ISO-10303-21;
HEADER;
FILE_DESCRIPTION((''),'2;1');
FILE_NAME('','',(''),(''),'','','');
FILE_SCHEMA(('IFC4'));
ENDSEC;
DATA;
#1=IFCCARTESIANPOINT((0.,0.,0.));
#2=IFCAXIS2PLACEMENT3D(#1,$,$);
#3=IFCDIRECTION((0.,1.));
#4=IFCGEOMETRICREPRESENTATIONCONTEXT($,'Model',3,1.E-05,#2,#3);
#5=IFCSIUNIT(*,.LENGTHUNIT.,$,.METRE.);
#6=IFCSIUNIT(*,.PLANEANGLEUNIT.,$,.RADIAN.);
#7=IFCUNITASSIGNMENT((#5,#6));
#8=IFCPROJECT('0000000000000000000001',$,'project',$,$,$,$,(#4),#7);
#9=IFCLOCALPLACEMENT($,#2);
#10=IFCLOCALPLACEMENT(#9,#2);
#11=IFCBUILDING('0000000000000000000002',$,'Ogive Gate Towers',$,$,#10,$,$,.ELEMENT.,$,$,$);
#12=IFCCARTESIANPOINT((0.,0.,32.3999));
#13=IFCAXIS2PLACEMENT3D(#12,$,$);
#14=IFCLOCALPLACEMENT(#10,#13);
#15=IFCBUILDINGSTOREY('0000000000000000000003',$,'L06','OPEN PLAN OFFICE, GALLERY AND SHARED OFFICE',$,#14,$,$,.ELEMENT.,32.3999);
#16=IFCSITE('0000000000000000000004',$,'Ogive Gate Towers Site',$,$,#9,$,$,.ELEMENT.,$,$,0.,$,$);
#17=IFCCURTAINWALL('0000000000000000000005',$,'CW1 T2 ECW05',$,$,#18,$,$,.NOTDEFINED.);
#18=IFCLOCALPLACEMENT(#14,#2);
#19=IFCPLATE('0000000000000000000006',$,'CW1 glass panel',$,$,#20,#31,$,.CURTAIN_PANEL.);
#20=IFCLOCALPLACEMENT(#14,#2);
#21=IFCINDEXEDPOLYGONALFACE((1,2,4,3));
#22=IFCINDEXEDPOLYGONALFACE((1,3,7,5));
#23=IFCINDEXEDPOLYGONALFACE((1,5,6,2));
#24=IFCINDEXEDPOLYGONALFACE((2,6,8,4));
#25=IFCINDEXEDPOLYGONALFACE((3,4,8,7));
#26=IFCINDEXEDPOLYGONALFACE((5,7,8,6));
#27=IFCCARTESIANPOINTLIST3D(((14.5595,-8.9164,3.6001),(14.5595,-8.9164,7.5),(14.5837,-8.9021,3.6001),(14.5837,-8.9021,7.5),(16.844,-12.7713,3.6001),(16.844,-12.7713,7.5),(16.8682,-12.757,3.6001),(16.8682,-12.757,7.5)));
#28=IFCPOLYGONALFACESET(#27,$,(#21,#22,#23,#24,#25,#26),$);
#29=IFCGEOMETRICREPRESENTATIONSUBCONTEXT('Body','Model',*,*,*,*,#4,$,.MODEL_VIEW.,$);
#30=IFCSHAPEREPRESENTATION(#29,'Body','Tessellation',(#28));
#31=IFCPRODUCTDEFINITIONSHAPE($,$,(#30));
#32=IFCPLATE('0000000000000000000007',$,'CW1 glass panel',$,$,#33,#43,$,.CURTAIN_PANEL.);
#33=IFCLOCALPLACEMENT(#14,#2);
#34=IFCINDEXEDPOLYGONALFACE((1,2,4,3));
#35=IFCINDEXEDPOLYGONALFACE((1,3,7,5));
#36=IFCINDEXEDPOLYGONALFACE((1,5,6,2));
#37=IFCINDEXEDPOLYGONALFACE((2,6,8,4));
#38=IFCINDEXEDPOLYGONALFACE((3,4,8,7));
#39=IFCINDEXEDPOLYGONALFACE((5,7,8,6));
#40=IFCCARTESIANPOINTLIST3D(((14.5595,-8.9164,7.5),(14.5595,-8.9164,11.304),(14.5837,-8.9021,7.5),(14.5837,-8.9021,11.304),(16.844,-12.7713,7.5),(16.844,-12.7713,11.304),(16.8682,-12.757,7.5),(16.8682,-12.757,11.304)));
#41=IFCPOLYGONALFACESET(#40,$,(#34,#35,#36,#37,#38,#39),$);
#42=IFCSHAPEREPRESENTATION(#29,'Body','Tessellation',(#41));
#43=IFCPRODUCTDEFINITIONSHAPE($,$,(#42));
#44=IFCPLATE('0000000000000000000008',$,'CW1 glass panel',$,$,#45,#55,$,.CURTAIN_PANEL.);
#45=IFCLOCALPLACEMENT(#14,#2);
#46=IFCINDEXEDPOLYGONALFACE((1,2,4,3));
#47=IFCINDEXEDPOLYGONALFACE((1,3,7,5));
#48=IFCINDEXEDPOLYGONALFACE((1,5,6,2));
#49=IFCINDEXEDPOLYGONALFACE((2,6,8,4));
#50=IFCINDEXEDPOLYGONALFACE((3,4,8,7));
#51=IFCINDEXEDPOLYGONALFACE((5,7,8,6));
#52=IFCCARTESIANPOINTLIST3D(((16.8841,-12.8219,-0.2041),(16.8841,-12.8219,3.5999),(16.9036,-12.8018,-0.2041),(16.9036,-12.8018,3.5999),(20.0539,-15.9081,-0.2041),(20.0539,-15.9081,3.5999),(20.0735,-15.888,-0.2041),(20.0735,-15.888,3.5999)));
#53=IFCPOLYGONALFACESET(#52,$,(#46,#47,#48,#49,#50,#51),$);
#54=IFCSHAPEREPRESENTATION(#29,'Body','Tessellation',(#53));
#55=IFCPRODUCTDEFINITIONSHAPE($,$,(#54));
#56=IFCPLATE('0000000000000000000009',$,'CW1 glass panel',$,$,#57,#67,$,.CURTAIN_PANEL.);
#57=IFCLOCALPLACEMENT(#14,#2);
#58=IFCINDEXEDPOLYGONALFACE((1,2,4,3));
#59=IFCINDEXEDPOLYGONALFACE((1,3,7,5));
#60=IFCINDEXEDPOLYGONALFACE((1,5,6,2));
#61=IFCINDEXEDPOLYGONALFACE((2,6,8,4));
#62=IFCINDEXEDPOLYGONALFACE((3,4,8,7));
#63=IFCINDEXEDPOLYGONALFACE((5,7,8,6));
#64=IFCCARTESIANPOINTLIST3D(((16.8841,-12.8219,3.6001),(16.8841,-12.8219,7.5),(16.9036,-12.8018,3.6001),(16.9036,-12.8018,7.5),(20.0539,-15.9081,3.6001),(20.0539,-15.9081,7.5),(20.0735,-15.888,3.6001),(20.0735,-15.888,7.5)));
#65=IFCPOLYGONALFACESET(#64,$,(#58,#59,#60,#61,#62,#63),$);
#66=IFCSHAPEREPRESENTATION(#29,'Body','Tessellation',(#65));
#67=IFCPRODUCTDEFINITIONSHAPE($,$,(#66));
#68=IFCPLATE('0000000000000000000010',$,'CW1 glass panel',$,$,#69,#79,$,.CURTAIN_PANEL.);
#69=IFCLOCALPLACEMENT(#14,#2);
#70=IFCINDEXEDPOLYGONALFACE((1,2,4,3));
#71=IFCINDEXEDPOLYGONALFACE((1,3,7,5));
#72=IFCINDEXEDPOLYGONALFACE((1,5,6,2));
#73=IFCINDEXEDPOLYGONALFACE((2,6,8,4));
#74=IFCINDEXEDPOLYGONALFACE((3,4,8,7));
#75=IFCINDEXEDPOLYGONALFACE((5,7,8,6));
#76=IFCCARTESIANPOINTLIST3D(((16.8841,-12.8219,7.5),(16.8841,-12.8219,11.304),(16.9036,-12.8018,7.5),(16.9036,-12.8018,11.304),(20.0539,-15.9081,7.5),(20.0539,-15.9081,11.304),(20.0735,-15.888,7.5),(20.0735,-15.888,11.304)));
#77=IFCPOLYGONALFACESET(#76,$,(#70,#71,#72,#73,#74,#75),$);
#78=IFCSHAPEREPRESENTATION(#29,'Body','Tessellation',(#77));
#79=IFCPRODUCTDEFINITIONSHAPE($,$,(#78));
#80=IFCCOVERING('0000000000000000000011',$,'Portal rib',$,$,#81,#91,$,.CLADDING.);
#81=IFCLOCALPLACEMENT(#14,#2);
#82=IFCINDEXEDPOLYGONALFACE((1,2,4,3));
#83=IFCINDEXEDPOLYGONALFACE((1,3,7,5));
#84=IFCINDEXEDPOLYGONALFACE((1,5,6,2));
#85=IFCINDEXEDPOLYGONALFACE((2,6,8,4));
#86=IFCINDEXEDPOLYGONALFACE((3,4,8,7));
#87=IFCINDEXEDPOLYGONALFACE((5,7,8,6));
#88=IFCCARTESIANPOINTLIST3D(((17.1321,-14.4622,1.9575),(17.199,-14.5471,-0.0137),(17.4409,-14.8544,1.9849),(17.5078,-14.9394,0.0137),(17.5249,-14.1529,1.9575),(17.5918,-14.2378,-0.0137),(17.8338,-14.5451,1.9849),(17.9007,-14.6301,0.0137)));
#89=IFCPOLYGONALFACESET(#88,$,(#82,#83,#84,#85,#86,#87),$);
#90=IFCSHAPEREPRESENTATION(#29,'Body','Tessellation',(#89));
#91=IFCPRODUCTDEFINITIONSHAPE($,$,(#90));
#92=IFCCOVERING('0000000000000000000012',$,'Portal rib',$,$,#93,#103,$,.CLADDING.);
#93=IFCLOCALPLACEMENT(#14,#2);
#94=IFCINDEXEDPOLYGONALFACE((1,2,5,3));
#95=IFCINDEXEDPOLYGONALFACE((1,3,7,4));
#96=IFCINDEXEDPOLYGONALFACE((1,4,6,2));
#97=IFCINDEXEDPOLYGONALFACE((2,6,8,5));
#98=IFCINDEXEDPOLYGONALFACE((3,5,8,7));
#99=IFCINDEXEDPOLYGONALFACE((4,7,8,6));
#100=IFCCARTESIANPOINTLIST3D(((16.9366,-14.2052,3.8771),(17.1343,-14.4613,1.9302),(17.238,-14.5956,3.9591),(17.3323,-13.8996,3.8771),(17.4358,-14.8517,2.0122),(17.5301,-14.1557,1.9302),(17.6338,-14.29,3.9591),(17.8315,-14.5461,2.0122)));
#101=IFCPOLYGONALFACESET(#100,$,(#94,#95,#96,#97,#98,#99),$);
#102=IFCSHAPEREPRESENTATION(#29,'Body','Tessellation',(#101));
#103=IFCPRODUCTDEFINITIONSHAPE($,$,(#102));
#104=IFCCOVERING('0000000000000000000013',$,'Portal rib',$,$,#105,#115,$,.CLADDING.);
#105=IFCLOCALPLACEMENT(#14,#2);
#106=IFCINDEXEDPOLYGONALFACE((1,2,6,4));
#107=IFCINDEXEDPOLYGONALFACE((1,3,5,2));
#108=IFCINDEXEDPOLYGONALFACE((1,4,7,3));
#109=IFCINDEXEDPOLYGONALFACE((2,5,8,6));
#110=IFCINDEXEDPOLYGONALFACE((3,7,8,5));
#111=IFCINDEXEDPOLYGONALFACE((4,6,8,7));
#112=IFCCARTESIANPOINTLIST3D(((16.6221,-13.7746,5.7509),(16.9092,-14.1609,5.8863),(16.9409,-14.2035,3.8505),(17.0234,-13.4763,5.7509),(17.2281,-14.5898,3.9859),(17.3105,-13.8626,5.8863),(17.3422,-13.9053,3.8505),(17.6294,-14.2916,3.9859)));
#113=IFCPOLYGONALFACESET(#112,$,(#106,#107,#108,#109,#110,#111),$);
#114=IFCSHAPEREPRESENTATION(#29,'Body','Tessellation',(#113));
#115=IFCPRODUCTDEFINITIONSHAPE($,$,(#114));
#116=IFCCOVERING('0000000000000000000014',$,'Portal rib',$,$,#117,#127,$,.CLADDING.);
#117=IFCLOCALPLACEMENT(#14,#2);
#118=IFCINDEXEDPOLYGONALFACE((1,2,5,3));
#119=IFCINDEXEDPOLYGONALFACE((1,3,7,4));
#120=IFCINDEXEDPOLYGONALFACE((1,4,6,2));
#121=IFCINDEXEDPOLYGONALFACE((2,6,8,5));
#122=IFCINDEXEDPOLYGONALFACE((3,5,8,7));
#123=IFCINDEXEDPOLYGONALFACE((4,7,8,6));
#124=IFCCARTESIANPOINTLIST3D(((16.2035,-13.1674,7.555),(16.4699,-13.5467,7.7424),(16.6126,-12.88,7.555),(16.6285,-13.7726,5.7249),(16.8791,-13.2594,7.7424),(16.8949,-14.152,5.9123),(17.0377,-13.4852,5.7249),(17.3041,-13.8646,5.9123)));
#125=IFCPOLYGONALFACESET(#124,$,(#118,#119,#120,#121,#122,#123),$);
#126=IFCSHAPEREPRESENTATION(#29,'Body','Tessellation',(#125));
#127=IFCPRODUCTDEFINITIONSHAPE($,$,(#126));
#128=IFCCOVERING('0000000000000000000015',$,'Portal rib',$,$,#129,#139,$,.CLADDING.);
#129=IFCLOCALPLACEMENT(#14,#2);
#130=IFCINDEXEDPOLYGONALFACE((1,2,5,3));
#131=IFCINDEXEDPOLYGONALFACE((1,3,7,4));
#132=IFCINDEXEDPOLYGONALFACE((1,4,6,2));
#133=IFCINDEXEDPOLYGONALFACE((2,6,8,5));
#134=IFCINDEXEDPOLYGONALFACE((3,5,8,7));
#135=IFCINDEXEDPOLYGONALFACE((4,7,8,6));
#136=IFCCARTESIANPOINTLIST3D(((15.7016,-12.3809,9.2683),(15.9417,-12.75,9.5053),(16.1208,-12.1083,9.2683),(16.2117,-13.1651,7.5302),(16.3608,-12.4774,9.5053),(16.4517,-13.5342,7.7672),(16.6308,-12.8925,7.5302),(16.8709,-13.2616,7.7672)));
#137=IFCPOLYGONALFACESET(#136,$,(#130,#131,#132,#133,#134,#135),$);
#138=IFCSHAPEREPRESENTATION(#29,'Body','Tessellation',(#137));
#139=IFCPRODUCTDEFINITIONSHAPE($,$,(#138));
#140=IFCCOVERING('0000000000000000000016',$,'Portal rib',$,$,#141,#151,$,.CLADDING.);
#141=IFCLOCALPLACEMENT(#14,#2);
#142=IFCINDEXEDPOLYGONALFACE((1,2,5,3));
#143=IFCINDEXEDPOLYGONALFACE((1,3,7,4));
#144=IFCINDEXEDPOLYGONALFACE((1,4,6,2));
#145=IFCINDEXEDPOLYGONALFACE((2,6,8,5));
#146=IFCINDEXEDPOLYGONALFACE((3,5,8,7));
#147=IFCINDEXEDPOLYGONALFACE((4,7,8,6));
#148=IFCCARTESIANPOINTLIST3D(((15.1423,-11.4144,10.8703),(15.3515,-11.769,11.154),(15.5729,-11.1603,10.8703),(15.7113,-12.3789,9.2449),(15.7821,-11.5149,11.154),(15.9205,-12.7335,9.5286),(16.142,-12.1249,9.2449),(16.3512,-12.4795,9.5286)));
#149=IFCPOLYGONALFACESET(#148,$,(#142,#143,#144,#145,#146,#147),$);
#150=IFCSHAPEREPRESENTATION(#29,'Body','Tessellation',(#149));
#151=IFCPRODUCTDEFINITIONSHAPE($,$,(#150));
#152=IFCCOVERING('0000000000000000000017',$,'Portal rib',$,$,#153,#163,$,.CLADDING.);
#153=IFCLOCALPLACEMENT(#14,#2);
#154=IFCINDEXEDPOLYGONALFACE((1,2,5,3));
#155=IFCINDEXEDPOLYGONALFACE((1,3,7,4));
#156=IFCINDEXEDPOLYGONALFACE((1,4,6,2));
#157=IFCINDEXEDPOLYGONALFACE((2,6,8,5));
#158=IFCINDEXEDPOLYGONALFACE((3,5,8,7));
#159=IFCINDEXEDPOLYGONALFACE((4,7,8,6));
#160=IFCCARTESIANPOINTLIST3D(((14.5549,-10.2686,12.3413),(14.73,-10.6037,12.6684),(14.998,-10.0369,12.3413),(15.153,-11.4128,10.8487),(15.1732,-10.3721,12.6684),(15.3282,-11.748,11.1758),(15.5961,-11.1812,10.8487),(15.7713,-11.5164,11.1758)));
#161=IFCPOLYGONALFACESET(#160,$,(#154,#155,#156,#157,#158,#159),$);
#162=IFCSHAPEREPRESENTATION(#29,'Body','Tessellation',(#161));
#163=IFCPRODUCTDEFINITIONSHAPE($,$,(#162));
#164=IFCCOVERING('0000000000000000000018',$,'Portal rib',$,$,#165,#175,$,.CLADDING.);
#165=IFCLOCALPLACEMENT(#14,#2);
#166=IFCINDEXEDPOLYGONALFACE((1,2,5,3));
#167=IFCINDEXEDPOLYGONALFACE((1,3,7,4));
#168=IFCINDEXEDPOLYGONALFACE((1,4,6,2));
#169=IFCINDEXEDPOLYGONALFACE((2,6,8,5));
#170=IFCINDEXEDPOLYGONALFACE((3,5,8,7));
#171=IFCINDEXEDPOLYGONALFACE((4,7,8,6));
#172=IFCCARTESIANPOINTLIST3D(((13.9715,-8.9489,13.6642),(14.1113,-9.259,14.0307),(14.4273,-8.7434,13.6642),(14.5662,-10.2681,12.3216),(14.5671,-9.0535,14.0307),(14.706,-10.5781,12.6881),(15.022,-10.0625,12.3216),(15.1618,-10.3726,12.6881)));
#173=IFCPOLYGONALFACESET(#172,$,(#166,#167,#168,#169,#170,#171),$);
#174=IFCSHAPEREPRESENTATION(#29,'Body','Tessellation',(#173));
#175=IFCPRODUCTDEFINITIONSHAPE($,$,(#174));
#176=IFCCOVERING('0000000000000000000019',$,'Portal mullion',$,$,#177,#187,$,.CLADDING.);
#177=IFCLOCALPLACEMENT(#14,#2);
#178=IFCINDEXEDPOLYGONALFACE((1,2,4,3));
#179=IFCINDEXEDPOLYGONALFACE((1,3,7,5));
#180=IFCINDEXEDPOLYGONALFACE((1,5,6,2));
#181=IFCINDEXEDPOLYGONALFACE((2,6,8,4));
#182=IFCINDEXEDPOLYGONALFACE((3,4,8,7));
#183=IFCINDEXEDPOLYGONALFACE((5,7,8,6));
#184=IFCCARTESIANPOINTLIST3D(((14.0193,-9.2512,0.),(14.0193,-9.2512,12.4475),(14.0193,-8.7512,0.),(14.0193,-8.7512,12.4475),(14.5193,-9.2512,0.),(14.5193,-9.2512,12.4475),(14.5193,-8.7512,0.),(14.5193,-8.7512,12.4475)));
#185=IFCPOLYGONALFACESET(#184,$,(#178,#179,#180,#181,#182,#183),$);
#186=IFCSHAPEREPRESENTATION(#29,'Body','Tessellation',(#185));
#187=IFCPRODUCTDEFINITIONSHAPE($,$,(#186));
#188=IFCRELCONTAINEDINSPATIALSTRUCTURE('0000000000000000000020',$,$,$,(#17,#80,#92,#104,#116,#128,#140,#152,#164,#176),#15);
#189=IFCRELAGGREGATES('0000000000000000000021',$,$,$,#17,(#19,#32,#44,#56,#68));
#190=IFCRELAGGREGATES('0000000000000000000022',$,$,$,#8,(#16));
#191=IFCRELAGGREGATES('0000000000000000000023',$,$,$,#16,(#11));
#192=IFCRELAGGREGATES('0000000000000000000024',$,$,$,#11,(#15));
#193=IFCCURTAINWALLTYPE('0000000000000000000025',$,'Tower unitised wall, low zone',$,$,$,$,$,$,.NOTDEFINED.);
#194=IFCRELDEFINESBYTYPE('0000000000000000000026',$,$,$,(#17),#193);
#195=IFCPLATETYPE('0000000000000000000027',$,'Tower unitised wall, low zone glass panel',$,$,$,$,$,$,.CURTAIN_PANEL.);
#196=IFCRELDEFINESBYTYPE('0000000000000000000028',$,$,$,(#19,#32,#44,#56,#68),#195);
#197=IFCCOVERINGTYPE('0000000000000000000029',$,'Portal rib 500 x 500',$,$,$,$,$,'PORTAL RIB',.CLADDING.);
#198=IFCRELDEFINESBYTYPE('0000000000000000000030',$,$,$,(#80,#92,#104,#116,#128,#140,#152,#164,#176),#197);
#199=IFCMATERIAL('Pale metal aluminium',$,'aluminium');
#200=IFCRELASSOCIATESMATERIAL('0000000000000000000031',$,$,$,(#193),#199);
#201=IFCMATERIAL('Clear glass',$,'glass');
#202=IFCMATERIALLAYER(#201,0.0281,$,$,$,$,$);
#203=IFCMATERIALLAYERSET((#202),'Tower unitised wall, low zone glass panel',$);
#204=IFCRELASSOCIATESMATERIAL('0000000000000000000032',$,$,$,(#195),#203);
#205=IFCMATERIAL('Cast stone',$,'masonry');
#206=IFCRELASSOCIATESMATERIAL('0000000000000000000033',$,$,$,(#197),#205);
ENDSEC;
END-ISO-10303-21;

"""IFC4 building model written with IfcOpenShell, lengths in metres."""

from ifc_helpers import new_model, si_unit, direction, frame, origin, origin_2d, place, context, subcontext, project, spatial, rectangle, extrude, material, layer, layer_set, material_profile, profile_set, type_object, element, aggregate, save


model = new_model("IFC4")

# Units and contexts
model_context = context("Model", 3, precision=1e-05, world=origin(), true_north=direction((0.0, 1.0)))
body_context = subcontext(model_context, "Body", "Model", "MODEL_VIEW")
ifc_project = project(units=[si_unit("LENGTHUNIT", "METRE"), si_unit("PLANEANGLEUNIT", "RADIAN")], contexts=[model_context])

# Site, building, storey
site_placement = place(None, origin())
site = spatial("IfcSite", under=ifc_project, at=site_placement, Name="Ogive Gate Towers Site", CompositionType="ELEMENT", RefElevation=0.0)
building_placement = place(site_placement, origin())
building = spatial("IfcBuilding", under=site, at=building_placement, Name="Ogive Gate Towers", CompositionType="ELEMENT")
storey_placement = place(building_placement, frame((0.0, 0.0, 32.3999)))
storey = spatial("IfcBuildingStorey", under=building, at=storey_placement, Name="L06", Description="OPEN PLAN OFFICE, GALLERY AND SHARED OFFICE", CompositionType="ELEMENT", Elevation=32.3999)

# Curtain wall
ifc_material_1 = material(Name="Pale metal aluminium", Category="aluminium")
curtain_wall_type = type_object("IfcCurtainWallType", Name="Tower unitised wall, low zone", PredefinedType="NOTDEFINED", material=ifc_material_1)
curtain_wall_1_placement = place(storey_placement, origin())
curtain_wall_1 = element("IfcCurtainWall", 1, at=curtain_wall_1_placement, inside=storey, type_object=curtain_wall_type, Name="CW1 T2 ECW05", PredefinedType="NOTDEFINED")

# Plates
ifc_material_2 = material(Name="Clear glass", Category="glass")
ifc_layer = layer(ifc_material_2, 0.0281)
ifc_layer_set = layer_set([ifc_layer], Name="Tower unitised wall, low zone glass panel")
plate_type = type_object("IfcPlateType", Name="Tower unitised wall, low zone glass panel", PredefinedType="CURTAIN_PANEL", material=ifc_layer_set)
plate_1_placement = place(storey_placement, frame((15.7139, -10.8367, 3.6001), z_axis=(0.0, 0.0, 1.0), x_axis=(0.509822, -0.86028, 0.0)))
plate_1 = element("IfcPlate", 2, at=plate_1_placement, type_object=plate_type, Name="CW1 glass panel", PredefinedType="CURTAIN_PANEL", context=body_context, shape_type="SweptSolid", body=[
    extrude(rectangle(XDim=4.481, YDim=0.0281, at=origin_2d()), origin(), (0.0, 0.0, 1.0), 3.8999),
])
plate_2_placement = place(storey_placement, frame((15.7139, -10.8367, 7.5), z_axis=(0.0, 0.0, 1.0), x_axis=(0.509822, -0.86028, 0.0)))
plate_2 = element("IfcPlate", 3, at=plate_2_placement, type_object=plate_type, Name="CW1 glass panel", PredefinedType="CURTAIN_PANEL", context=body_context, shape_type="SweptSolid", body=[
    extrude(rectangle(XDim=4.481, YDim=0.0281, at=origin_2d()), origin(), (0.0, 0.0, 1.0), 3.804),
])
plate_3_placement = place(storey_placement, frame((18.4788, -14.355, -0.2041), z_axis=(0.0, 0.0, 1.0), x_axis=(0.716497, -0.69759, 0.0)))
plate_3 = element("IfcPlate", 4, at=plate_3_placement, type_object=plate_type, Name="CW1 glass panel", PredefinedType="CURTAIN_PANEL", context=body_context, shape_type="SweptSolid", body=[
    extrude(rectangle(XDim=4.4241, YDim=0.0281, at=origin_2d()), origin(), (0.0, 0.0, 1.0), 3.804),
])
plate_4_placement = place(storey_placement, frame((18.4788, -14.355, 3.6001), z_axis=(0.0, 0.0, 1.0), x_axis=(0.716497, -0.69759, 0.0)))
plate_4 = element("IfcPlate", 5, at=plate_4_placement, type_object=plate_type, Name="CW1 glass panel", PredefinedType="CURTAIN_PANEL", context=body_context, shape_type="SweptSolid", body=[
    extrude(rectangle(XDim=4.4241, YDim=0.0281, at=origin_2d()), origin(), (0.0, 0.0, 1.0), 3.8999),
])
plate_5_placement = place(storey_placement, frame((18.4788, -14.355, 7.5), z_axis=(0.0, 0.0, 1.0), x_axis=(0.716497, -0.69759, 0.0)))
plate_5 = element("IfcPlate", 6, at=plate_5_placement, type_object=plate_type, Name="CW1 glass panel", PredefinedType="CURTAIN_PANEL", context=body_context, shape_type="SweptSolid", body=[
    extrude(rectangle(XDim=4.4241, YDim=0.0281, at=origin_2d()), origin(), (0.0, 0.0, 1.0), 3.804),
])
aggregate(curtain_wall_1, [plate_1, plate_2, plate_3, plate_4, plate_5])

# Coverings
ifc_material_3 = material(Name="Cast stone", Category="masonry")
ifc_material_profile_1 = material_profile(ifc_material_3, rectangle(XDim=0.5, YDim=0.5, at=origin_2d()), Name="500 x 500 cast stone")
ifc_profile_set_1 = profile_set([ifc_material_profile_1], Name="Cast stone")
covering_type = type_object("IfcCoveringType", Name="Portal rib 500 x 500", ElementType="PORTAL RIB", PredefinedType="CLADDING", material=ifc_profile_set_1)
covering_1_placement = place(storey_placement, frame((17.5498, -14.5886, 0.0), z_axis=(-0.033885, 0.043037, 0.998499), x_axis=(-0.785691, -0.618619, 0.0)))
element("IfcCovering", 7, at=covering_1_placement, inside=storey, type_object=covering_type, Name="Portal rib", PredefinedType="CLADDING", context=body_context, shape_type="SweptSolid", body=[
    extrude(rectangle(XDim=0.5, YDim=0.5, at=origin_2d()), origin(), (0.0, 0.0, 1.0), 1.9741),
])
covering_2_placement = place(storey_placement, frame((17.4829, -14.5037, 1.9712), z_axis=(-0.100193, 0.129756, 0.986471), x_axis=(-0.791501, -0.611168, 0.0)))
element("IfcCovering", 8, at=covering_2_placement, inside=storey, type_object=covering_type, Name="Portal rib", PredefinedType="CLADDING", context=body_context, shape_type="SweptSolid", body=[
    extrude(rectangle(XDim=0.5, YDim=0.5, at=origin_2d()), origin(), (0.0, 0.0, 1.0), 1.9736),
])
covering_3_placement = place(storey_placement, frame((17.2852, -14.2476, 3.9182), z_axis=(-0.161514, 0.217289, 0.962652), x_axis=(-0.802569, -0.596559, 0.0)))
element("IfcCovering", 9, at=covering_3_placement, inside=storey, type_object=covering_type, Name="Portal rib", PredefinedType="CLADDING", context=body_context, shape_type="SweptSolid", body=[
    extrude(rectangle(XDim=0.5, YDim=0.5, at=origin_2d()), origin(), (0.0, 0.0, 1.0), 1.9741),
])
for number, where, z_axis, x_axis, name in (
    (10, (16.9663, -13.8186, 5.8186), (-0.215338, 0.306619, 0.927154), (-0.818347, -0.574725, 0.0), "Portal rib"),
    (11, (16.5413, -13.2134, 7.6487), (-0.258392, 0.397298, 0.880561), (-0.8383, -0.545208, 0.0), "Portal rib"),
    (12, (16.0312, -12.4292, 9.3867), (-0.288299, 0.488661, 0.823464), (-0.861278, -0.508134, 0.0), "Portal rib"),
):
    element("IfcCovering", number, at=place(storey_placement, frame(where, z_axis=z_axis, x_axis=x_axis)), inside=storey, type_object=covering_type, Name=name, PredefinedType="CLADDING", context=body_context, shape_type="SweptSolid", body=[
        extrude(rectangle(XDim=0.5, YDim=0.5, at=origin_2d()), origin(), (0.0, 0.0, 1.0), 1.9739),
    ])
covering_4_placement = place(storey_placement, frame((15.4622, -11.4646, 11.0122), z_axis=(-0.303067, 0.579785, 0.756306), x_axis=(-0.886227, -0.463251, 0.0)))
element("IfcCovering", 13, at=covering_4_placement, inside=storey, type_object=covering_type, Name="Portal rib", PredefinedType="CLADDING", context=body_context, shape_type="SweptSolid", body=[
    extrude(rectangle(XDim=0.5, YDim=0.5, at=origin_2d()), origin(), (0.0, 0.0, 1.0), 1.9736),
])
covering_5_placement = place(storey_placement, frame((14.864, -10.3203, 12.5049), z_axis=(-0.301303, 0.668283, 0.680157), x_axis=(-0.911628, -0.411017, 0.0)))
element("IfcCovering", 14, at=covering_5_placement, inside=storey, type_object=covering_type, Name="Portal rib", PredefinedType="CLADDING", context=body_context, shape_type="SweptSolid", body=[
    extrude(rectangle(XDim=0.5, YDim=0.5, at=origin_2d()), origin(), (0.0, 0.0, 1.0), 1.9739),
])
covering_6_placement = place(storey_placement, frame((14.2693, -9.0012, 0.0), z_axis=(0.0, 0.0, 1.0), x_axis=(1.0, 0.0, 0.0)))
element("IfcCovering", 15, at=covering_6_placement, inside=storey, type_object=covering_type, Name="Portal mullion", PredefinedType="CLADDING", context=body_context, shape_type="SweptSolid", body=[
    extrude(rectangle(XDim=0.5, YDim=0.5, at=origin_2d()), origin(), (0.0, 0.0, 1.0), 12.4475),
])

save(model, "model.ifc")
